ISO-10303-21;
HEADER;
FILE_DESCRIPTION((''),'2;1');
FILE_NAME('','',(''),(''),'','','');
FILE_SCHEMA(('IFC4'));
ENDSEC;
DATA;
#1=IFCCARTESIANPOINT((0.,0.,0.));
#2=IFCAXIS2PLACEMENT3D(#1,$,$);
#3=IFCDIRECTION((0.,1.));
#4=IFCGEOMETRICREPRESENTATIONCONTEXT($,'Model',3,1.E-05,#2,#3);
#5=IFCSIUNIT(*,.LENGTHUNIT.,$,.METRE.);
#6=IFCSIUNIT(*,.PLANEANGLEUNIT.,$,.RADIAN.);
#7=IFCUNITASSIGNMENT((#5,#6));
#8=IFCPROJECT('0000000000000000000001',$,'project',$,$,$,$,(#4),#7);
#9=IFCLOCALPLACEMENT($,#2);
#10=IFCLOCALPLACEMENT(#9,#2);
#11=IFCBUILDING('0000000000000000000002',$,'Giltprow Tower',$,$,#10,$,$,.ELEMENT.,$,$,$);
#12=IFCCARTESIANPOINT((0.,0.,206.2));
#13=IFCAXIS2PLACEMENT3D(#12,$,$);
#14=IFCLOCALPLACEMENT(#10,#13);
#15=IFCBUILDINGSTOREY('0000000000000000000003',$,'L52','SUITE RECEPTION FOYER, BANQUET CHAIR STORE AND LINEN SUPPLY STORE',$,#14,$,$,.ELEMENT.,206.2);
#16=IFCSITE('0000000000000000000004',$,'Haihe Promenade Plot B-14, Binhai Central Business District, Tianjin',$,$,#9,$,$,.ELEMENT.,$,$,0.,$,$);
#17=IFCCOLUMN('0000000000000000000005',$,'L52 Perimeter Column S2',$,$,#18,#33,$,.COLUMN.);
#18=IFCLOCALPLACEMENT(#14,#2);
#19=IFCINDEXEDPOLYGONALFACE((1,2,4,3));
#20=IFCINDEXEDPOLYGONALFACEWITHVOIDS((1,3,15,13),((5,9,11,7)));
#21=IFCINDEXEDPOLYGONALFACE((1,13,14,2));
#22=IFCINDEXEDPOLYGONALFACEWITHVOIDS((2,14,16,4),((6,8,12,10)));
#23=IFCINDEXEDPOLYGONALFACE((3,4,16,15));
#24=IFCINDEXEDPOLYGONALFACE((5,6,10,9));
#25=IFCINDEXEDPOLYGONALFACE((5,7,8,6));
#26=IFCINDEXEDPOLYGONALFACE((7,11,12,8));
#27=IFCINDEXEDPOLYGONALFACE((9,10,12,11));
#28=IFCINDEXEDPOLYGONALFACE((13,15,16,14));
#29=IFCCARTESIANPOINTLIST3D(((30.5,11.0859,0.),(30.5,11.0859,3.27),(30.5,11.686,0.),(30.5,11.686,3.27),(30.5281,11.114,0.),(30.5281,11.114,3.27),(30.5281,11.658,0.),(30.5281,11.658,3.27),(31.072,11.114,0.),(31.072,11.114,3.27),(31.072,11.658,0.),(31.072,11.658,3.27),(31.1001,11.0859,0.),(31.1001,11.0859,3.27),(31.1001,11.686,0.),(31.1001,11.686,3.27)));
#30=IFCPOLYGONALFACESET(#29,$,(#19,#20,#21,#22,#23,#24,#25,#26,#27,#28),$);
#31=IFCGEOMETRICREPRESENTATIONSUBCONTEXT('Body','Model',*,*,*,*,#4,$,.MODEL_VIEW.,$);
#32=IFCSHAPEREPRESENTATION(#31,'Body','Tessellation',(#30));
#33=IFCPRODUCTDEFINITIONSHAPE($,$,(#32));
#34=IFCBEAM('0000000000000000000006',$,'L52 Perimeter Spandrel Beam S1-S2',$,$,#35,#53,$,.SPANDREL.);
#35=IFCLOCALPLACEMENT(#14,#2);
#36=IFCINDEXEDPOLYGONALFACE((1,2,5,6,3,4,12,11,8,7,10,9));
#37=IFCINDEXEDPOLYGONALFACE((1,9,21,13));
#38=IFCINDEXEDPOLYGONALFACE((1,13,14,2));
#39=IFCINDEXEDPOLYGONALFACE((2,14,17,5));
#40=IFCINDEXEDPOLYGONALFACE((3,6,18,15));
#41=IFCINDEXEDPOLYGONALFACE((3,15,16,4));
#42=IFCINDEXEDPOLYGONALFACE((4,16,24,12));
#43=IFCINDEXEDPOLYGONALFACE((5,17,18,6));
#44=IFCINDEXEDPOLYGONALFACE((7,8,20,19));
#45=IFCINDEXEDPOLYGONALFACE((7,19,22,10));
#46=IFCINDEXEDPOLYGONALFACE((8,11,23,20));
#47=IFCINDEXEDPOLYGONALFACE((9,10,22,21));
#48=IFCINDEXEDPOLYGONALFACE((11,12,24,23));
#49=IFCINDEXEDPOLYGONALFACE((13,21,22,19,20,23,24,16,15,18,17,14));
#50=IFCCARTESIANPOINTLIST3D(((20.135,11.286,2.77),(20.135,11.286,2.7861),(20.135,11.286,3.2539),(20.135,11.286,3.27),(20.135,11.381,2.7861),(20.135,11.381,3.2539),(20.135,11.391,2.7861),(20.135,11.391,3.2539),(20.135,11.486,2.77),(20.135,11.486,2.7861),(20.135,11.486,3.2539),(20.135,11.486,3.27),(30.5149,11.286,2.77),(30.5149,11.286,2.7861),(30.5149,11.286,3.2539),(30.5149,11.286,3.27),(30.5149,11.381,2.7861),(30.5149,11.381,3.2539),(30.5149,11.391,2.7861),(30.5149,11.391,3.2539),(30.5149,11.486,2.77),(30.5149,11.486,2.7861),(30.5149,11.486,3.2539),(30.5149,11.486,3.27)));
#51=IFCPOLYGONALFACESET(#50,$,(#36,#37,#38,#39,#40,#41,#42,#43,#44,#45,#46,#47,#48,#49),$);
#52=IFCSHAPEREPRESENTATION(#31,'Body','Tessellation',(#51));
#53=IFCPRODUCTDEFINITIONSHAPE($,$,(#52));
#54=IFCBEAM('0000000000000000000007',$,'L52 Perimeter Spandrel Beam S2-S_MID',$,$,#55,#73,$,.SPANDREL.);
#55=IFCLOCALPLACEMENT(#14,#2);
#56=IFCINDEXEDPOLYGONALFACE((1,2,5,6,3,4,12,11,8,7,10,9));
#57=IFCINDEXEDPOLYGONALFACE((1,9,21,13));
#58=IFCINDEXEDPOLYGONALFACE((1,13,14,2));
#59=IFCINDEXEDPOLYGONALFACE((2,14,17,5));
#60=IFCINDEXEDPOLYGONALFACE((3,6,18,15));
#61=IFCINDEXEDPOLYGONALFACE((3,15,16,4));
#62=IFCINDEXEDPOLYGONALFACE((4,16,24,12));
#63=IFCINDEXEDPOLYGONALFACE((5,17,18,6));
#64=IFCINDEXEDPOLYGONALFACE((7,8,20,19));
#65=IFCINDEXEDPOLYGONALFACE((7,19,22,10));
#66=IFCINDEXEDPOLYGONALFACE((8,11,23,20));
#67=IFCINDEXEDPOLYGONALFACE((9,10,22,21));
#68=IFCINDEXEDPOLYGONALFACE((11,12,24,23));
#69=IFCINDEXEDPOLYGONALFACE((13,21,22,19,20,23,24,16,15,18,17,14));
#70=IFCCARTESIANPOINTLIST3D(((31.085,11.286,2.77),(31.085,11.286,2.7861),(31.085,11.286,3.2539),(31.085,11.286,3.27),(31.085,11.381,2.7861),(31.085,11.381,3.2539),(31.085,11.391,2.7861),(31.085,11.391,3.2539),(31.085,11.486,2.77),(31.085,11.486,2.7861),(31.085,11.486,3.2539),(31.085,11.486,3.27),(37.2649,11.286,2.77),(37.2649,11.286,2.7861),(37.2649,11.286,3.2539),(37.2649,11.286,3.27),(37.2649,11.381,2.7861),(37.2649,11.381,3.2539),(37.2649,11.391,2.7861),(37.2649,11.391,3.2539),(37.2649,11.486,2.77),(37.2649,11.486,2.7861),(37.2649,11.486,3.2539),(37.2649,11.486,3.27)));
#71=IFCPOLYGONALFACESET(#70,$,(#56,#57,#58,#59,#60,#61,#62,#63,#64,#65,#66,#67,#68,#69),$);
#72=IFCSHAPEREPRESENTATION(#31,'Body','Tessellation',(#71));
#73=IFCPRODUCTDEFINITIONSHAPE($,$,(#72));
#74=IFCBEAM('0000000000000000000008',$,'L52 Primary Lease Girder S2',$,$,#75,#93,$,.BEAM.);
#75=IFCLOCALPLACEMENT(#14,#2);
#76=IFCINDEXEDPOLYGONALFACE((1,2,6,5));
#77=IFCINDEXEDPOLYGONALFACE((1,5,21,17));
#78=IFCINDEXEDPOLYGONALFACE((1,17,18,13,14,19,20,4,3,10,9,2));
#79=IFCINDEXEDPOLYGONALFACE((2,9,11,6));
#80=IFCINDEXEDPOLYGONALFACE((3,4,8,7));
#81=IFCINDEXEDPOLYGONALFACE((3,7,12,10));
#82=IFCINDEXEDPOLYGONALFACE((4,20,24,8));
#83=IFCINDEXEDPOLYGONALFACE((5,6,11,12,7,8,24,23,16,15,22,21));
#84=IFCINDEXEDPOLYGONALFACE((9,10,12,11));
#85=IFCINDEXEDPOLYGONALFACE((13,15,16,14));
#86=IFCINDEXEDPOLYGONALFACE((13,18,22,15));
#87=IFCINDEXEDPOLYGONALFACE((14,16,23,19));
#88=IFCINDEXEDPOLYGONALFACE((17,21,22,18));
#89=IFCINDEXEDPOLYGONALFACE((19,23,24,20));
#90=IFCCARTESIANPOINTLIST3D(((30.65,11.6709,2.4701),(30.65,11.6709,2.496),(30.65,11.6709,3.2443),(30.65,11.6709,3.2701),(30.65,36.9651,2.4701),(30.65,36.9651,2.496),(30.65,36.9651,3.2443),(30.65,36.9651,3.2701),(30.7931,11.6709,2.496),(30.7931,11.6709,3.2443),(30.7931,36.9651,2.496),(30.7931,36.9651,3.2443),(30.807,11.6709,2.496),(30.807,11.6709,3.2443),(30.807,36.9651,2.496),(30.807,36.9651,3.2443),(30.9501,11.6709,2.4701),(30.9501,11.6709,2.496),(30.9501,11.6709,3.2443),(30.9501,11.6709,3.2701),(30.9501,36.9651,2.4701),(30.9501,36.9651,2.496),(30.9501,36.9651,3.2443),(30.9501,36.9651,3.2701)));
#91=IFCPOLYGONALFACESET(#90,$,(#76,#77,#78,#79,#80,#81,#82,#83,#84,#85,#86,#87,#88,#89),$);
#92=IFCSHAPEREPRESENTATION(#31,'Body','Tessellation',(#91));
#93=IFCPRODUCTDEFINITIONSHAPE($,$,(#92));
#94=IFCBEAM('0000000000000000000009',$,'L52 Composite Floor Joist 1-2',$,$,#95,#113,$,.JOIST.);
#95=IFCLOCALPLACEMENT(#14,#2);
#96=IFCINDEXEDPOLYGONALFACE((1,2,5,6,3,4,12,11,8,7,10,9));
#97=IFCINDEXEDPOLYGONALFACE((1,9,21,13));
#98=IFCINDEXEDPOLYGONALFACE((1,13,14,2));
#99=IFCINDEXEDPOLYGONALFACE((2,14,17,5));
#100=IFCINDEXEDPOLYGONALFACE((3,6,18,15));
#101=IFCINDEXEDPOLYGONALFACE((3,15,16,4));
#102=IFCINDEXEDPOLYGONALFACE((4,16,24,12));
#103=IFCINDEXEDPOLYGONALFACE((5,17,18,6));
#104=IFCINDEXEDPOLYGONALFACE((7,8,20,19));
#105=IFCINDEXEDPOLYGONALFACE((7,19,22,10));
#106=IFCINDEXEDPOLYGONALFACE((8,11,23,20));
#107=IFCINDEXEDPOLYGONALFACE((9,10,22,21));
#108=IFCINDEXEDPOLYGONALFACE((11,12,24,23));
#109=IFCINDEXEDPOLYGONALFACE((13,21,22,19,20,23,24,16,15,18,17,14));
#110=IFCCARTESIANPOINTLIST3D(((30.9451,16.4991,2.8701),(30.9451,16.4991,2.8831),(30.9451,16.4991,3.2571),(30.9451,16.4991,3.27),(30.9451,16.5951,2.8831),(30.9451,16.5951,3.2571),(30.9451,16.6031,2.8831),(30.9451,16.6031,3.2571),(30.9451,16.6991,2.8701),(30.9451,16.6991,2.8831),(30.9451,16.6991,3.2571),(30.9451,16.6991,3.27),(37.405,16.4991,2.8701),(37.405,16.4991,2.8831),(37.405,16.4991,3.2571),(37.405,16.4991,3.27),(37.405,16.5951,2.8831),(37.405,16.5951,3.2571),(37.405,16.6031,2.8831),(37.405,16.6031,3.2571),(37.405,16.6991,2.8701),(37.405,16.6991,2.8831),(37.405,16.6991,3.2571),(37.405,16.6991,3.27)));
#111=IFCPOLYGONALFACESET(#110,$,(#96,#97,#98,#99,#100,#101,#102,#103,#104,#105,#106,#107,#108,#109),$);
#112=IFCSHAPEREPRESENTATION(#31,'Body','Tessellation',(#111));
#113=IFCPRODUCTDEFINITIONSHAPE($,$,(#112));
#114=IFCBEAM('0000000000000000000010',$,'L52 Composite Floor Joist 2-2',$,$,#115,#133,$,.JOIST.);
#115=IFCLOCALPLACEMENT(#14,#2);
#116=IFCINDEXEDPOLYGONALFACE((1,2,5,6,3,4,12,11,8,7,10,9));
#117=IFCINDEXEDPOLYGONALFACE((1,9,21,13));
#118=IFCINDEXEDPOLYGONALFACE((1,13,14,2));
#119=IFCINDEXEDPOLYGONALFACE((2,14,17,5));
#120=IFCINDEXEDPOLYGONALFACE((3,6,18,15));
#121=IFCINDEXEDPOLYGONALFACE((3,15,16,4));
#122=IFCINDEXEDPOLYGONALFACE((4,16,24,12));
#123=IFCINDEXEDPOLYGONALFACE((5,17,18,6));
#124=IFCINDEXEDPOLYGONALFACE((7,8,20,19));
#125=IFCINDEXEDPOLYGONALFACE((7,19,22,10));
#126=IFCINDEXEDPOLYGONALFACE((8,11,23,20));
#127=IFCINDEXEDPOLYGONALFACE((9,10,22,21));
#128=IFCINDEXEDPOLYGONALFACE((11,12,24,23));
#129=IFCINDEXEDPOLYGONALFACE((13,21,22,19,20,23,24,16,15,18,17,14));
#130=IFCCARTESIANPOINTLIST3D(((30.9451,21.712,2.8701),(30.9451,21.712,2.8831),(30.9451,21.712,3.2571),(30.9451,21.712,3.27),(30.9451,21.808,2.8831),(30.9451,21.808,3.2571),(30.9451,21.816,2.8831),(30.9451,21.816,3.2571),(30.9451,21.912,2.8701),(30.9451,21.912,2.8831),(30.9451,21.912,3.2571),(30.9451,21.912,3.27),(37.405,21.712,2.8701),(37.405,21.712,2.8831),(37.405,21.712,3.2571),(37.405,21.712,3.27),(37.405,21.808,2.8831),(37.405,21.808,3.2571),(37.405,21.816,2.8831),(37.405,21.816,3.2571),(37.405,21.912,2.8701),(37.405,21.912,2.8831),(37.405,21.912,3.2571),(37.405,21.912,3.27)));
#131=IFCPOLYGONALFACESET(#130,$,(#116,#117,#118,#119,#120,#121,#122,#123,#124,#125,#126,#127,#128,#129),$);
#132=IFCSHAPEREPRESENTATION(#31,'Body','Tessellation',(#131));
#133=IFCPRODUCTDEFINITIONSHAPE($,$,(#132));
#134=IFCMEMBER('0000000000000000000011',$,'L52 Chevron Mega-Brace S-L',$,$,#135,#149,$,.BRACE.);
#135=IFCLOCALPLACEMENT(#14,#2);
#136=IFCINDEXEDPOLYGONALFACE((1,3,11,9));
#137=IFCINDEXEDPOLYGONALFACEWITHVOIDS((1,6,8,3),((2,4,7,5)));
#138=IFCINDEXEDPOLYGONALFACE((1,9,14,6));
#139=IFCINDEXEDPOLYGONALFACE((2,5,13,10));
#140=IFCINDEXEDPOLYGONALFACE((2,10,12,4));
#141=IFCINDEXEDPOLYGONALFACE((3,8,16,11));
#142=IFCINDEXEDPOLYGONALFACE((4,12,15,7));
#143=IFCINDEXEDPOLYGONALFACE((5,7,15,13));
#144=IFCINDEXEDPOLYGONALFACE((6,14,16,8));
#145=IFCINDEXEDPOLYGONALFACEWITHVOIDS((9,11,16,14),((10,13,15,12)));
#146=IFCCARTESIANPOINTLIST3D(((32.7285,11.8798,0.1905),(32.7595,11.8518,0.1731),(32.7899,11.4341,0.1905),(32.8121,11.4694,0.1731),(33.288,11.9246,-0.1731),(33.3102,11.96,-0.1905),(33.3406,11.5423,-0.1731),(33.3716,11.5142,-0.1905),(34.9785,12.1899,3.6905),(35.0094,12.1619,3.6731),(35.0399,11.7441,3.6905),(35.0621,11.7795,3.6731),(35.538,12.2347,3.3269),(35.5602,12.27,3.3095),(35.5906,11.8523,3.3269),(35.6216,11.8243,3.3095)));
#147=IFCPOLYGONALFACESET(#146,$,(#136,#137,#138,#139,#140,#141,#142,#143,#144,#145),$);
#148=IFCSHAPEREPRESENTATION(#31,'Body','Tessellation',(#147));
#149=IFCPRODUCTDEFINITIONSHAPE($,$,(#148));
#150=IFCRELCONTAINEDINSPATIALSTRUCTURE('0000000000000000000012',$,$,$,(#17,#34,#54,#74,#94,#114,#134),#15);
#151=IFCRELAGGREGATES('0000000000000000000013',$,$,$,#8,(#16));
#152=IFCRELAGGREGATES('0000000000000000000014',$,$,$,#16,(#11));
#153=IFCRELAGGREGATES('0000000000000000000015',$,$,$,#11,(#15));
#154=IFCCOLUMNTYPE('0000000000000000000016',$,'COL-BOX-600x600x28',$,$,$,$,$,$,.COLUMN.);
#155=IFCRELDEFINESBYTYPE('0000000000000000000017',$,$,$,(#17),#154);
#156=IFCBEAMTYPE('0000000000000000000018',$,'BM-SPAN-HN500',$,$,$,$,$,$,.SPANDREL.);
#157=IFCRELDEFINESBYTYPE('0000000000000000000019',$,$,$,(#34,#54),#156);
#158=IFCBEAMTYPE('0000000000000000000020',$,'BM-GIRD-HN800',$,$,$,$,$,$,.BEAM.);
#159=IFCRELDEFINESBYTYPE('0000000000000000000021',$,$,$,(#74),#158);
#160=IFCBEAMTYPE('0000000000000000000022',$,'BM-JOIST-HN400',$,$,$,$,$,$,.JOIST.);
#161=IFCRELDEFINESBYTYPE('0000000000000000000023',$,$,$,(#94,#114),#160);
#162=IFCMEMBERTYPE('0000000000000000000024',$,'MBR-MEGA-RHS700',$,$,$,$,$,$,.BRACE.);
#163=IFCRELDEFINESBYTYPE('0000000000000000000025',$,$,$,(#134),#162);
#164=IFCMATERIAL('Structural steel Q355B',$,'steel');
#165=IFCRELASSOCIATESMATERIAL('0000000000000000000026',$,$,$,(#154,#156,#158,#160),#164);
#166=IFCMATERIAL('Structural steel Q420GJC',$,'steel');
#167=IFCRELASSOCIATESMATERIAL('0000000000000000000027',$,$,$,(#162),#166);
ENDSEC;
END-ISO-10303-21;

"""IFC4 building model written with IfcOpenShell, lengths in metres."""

from ifc_helpers import new_model, si_unit, direction, frame, origin, origin_2d, place, context, subcontext, project, spatial, hollow_rectangle, i_section, extrude, source, transform, mapped, material, material_profile, profile_set, type_object, element, save


model = new_model("IFC4")

# Units and contexts
model_context = context("Model", 3, precision=1e-05, world=origin(), true_north=direction((0.0, 1.0)))
body_context = subcontext(model_context, "Body", "Model", "MODEL_VIEW")
ifc_project = project(units=[si_unit("LENGTHUNIT", "METRE"), si_unit("PLANEANGLEUNIT", "RADIAN")], contexts=[model_context])

# Site, building, storey
site_placement = place(None, origin())
site = spatial("IfcSite", under=ifc_project, at=site_placement, Name="Haihe Promenade Plot B-14, Binhai Central Business District, Tianjin", CompositionType="ELEMENT", RefElevation=0.0)
building_placement = place(site_placement, origin())
building = spatial("IfcBuilding", under=site, at=building_placement, Name="Giltprow Tower", CompositionType="ELEMENT")
storey_placement = place(building_placement, frame((0.0, 0.0, 206.2)))
storey = spatial("IfcBuildingStorey", under=building, at=storey_placement, Name="L52", Description="SUITE RECEPTION FOYER, BANQUET CHAIR STORE AND LINEN SUPPLY STORE", CompositionType="ELEMENT", Elevation=206.2)

# Column
ifc_material_1 = material(Name="Structural steel Q355B", Category="steel")
ifc_material_profile_1 = material_profile(ifc_material_1, hollow_rectangle(XDim=0.6001, YDim=0.6001, WallThickness=0.0281, at=origin_2d()), Name="BOX 600x600x28")
ifc_profile_set_1 = profile_set([ifc_material_profile_1], Name="Structural steel Q355B")
column_type = type_object("IfcColumnType", Name="COL-BOX-600x600x28", PredefinedType="COLUMN", material=ifc_profile_set_1)
shared_shape_1 = source(origin(), body_context, "Body", "SweptSolid", [
    extrude(hollow_rectangle(XDim=0.6001, YDim=0.6001, WallThickness=0.0281, at=origin_2d()), origin(), (0.0, 0.0, 1.0), 3.27),
])
column_placement = place(storey_placement, frame((30.8, 11.386, 0.0), z_axis=(0.0, 0.0, 1.0), x_axis=(1.0, 0.0, 0.0)))
element("IfcColumn", 1, at=column_placement, inside=storey, type_object=column_type, Name="L52 Perimeter Column S2", PredefinedType="COLUMN", context=body_context, shape_type="MappedRepresentation", body=[
    mapped(shared_shape_1, transform((0.0, 0.0, 0.0), x_axis=(1.0, 0.0, 0.0), y_axis=(0.0, 1.0, 0.0), z_axis=(0.0, 0.0, 1.0), scale=1.0)),
])

# Beams
ifc_material_profile_2 = material_profile(ifc_material_1, i_section(OverallWidth=0.2, OverallDepth=0.5, WebThickness=0.01, FlangeThickness=0.0161, at=origin_2d()), Name="HN 500x200x10x16")
ifc_profile_set_2 = profile_set([ifc_material_profile_2], Name="Structural steel Q355B")
beam_type_1 = type_object("IfcBeamType", Name="BM-SPAN-HN500", PredefinedType="SPANDREL", material=ifc_profile_set_2)
shared_shape_2 = source(origin(), body_context, "Body", "SweptSolid", [
    extrude(i_section(OverallWidth=0.2, OverallDepth=0.5, WebThickness=0.01, FlangeThickness=0.0161, at=origin_2d()), origin(), (0.0, 0.0, 1.0), 10.3799),
])
beam_1_placement = place(storey_placement, frame((20.135, 11.386, 3.02), z_axis=(1.0, 0.0, 0.0), x_axis=(0.0, 1.0, 0.0)))
element("IfcBeam", 2, at=beam_1_placement, inside=storey, type_object=beam_type_1, Name="L52 Perimeter Spandrel Beam S1-S2", PredefinedType="SPANDREL", context=body_context, shape_type="MappedRepresentation", body=[
    mapped(shared_shape_2, transform((0.0, 0.0, 0.0), x_axis=(1.0, 0.0, 0.0), y_axis=(0.0, 1.0, 0.0), z_axis=(0.0, 0.0, 1.0), scale=1.0)),
])
shared_shape_3 = source(origin(), body_context, "Body", "SweptSolid", [
    extrude(i_section(OverallWidth=0.2, OverallDepth=0.5, WebThickness=0.01, FlangeThickness=0.0161, at=origin_2d()), origin(), (0.0, 0.0, 1.0), 6.1799),
])
beam_2_placement = place(storey_placement, frame((31.085, 11.386, 3.02), z_axis=(1.0, 0.0, 0.0), x_axis=(0.0, 1.0, 0.0)))
element("IfcBeam", 3, at=beam_2_placement, inside=storey, type_object=beam_type_1, Name="L52 Perimeter Spandrel Beam S2-S_MID", PredefinedType="SPANDREL", context=body_context, shape_type="MappedRepresentation", body=[
    mapped(shared_shape_3, transform((0.0, 0.0, 0.0), x_axis=(1.0, 0.0, 0.0), y_axis=(0.0, 1.0, 0.0), z_axis=(0.0, 0.0, 1.0), scale=1.0)),
])
ifc_material_profile_3 = material_profile(ifc_material_1, i_section(OverallWidth=0.3, OverallDepth=0.8, WebThickness=0.0139, FlangeThickness=0.0259, at=origin_2d()), Name="HN 800x300x14x26")
ifc_profile_set_3 = profile_set([ifc_material_profile_3], Name="Structural steel Q355B")
beam_type_2 = type_object("IfcBeamType", Name="BM-GIRD-HN800", PredefinedType="BEAM", material=ifc_profile_set_3)
shared_shape_4 = source(origin(), body_context, "Body", "SweptSolid", [
    extrude(i_section(OverallWidth=0.3, OverallDepth=0.8, WebThickness=0.0139, FlangeThickness=0.0259, at=origin_2d()), origin(), (0.0, 0.0, 1.0), 25.2942),
])
beam_3_placement = place(storey_placement, frame((30.8, 11.6709, 2.8701), z_axis=(0.0, 1.0, 0.0), x_axis=(-1.0, 0.0, 0.0)))
element("IfcBeam", 4, at=beam_3_placement, inside=storey, type_object=beam_type_2, Name="L52 Primary Lease Girder S2", PredefinedType="BEAM", context=body_context, shape_type="MappedRepresentation", body=[
    mapped(shared_shape_4, transform((0.0, 0.0, 0.0), x_axis=(1.0, 0.0, 0.0), y_axis=(0.0, 1.0, 0.0), z_axis=(0.0, 0.0, 1.0), scale=1.0)),
])
ifc_material_profile_4 = material_profile(ifc_material_1, i_section(OverallWidth=0.2, OverallDepth=0.3999, WebThickness=0.0081, FlangeThickness=0.0129, at=origin_2d()), Name="HN 400x200x8x13")
ifc_profile_set_4 = profile_set([ifc_material_profile_4], Name="Structural steel Q355B")
beam_type_3 = type_object("IfcBeamType", Name="BM-JOIST-HN400", PredefinedType="JOIST", material=ifc_profile_set_4)
shared_shape_5 = source(origin(), body_context, "Body", "SweptSolid", [
    extrude(i_section(OverallWidth=0.2, OverallDepth=0.3999, WebThickness=0.0081, FlangeThickness=0.0129, at=origin_2d()), origin(), (0.0, 0.0, 1.0), 6.46),
])
for number, where, z_axis, x_axis, name in (
    (5, (30.9451, 16.5991, 3.0701), (1.0, 0.0, 0.0), (0.0, 1.0, 0.0), "L52 Composite Floor Joist 1-2"),
    (6, (30.9451, 21.812, 3.0701), (1.0, 0.0, 0.0), (0.0, 1.0, 0.0), "L52 Composite Floor Joist 2-2"),
):
    element("IfcBeam", number, at=place(storey_placement, frame(where, z_axis=z_axis, x_axis=x_axis)), inside=storey, type_object=beam_type_3, Name=name, PredefinedType="JOIST", context=body_context, shape_type="MappedRepresentation", body=[
        mapped(shared_shape_5, transform((0.0, 0.0, 0.0), x_axis=(1.0, 0.0, 0.0), y_axis=(0.0, 1.0, 0.0), z_axis=(0.0, 0.0, 1.0), scale=1.0)),
    ])

# Member
ifc_material_2 = material(Name="Structural steel Q420GJC", Category="steel")
ifc_material_profile_5 = material_profile(ifc_material_2, hollow_rectangle(XDim=0.45, YDim=0.7, WallThickness=0.032, at=origin_2d()), Name="RHS 700x450x32")
ifc_profile_set_5 = profile_set([ifc_material_profile_5], Name="Structural steel Q420GJC")
member_type = type_object("IfcMemberType", Name="MBR-MEGA-RHS700", PredefinedType="BRACE", material=ifc_profile_set_5)
shared_shape_6 = source(origin(), body_context, "Body", "SweptSolid", [
    extrude(hollow_rectangle(XDim=0.45, YDim=0.7, WallThickness=0.032, at=origin_2d()), origin(), (0.0, 0.0, 1.0), 4.1724),
])
member_placement = place(storey_placement, frame((33.05, 11.697, 0.0), z_axis=(0.539262, 0.074312, 0.838853), x_axis=(-0.136514, 0.990638, 0.0)))
element("IfcMember", 7, at=member_placement, inside=storey, type_object=member_type, Name="L52 Chevron Mega-Brace S-L", PredefinedType="BRACE", context=body_context, shape_type="MappedRepresentation", body=[
    mapped(shared_shape_6, transform((0.0, 0.0, 0.0), x_axis=(1.0, 0.0, 0.0), y_axis=(0.0, 1.0, 0.0), z_axis=(0.0, 0.0, 1.0), scale=1.0)),
])

save(model, "model.ifc")
